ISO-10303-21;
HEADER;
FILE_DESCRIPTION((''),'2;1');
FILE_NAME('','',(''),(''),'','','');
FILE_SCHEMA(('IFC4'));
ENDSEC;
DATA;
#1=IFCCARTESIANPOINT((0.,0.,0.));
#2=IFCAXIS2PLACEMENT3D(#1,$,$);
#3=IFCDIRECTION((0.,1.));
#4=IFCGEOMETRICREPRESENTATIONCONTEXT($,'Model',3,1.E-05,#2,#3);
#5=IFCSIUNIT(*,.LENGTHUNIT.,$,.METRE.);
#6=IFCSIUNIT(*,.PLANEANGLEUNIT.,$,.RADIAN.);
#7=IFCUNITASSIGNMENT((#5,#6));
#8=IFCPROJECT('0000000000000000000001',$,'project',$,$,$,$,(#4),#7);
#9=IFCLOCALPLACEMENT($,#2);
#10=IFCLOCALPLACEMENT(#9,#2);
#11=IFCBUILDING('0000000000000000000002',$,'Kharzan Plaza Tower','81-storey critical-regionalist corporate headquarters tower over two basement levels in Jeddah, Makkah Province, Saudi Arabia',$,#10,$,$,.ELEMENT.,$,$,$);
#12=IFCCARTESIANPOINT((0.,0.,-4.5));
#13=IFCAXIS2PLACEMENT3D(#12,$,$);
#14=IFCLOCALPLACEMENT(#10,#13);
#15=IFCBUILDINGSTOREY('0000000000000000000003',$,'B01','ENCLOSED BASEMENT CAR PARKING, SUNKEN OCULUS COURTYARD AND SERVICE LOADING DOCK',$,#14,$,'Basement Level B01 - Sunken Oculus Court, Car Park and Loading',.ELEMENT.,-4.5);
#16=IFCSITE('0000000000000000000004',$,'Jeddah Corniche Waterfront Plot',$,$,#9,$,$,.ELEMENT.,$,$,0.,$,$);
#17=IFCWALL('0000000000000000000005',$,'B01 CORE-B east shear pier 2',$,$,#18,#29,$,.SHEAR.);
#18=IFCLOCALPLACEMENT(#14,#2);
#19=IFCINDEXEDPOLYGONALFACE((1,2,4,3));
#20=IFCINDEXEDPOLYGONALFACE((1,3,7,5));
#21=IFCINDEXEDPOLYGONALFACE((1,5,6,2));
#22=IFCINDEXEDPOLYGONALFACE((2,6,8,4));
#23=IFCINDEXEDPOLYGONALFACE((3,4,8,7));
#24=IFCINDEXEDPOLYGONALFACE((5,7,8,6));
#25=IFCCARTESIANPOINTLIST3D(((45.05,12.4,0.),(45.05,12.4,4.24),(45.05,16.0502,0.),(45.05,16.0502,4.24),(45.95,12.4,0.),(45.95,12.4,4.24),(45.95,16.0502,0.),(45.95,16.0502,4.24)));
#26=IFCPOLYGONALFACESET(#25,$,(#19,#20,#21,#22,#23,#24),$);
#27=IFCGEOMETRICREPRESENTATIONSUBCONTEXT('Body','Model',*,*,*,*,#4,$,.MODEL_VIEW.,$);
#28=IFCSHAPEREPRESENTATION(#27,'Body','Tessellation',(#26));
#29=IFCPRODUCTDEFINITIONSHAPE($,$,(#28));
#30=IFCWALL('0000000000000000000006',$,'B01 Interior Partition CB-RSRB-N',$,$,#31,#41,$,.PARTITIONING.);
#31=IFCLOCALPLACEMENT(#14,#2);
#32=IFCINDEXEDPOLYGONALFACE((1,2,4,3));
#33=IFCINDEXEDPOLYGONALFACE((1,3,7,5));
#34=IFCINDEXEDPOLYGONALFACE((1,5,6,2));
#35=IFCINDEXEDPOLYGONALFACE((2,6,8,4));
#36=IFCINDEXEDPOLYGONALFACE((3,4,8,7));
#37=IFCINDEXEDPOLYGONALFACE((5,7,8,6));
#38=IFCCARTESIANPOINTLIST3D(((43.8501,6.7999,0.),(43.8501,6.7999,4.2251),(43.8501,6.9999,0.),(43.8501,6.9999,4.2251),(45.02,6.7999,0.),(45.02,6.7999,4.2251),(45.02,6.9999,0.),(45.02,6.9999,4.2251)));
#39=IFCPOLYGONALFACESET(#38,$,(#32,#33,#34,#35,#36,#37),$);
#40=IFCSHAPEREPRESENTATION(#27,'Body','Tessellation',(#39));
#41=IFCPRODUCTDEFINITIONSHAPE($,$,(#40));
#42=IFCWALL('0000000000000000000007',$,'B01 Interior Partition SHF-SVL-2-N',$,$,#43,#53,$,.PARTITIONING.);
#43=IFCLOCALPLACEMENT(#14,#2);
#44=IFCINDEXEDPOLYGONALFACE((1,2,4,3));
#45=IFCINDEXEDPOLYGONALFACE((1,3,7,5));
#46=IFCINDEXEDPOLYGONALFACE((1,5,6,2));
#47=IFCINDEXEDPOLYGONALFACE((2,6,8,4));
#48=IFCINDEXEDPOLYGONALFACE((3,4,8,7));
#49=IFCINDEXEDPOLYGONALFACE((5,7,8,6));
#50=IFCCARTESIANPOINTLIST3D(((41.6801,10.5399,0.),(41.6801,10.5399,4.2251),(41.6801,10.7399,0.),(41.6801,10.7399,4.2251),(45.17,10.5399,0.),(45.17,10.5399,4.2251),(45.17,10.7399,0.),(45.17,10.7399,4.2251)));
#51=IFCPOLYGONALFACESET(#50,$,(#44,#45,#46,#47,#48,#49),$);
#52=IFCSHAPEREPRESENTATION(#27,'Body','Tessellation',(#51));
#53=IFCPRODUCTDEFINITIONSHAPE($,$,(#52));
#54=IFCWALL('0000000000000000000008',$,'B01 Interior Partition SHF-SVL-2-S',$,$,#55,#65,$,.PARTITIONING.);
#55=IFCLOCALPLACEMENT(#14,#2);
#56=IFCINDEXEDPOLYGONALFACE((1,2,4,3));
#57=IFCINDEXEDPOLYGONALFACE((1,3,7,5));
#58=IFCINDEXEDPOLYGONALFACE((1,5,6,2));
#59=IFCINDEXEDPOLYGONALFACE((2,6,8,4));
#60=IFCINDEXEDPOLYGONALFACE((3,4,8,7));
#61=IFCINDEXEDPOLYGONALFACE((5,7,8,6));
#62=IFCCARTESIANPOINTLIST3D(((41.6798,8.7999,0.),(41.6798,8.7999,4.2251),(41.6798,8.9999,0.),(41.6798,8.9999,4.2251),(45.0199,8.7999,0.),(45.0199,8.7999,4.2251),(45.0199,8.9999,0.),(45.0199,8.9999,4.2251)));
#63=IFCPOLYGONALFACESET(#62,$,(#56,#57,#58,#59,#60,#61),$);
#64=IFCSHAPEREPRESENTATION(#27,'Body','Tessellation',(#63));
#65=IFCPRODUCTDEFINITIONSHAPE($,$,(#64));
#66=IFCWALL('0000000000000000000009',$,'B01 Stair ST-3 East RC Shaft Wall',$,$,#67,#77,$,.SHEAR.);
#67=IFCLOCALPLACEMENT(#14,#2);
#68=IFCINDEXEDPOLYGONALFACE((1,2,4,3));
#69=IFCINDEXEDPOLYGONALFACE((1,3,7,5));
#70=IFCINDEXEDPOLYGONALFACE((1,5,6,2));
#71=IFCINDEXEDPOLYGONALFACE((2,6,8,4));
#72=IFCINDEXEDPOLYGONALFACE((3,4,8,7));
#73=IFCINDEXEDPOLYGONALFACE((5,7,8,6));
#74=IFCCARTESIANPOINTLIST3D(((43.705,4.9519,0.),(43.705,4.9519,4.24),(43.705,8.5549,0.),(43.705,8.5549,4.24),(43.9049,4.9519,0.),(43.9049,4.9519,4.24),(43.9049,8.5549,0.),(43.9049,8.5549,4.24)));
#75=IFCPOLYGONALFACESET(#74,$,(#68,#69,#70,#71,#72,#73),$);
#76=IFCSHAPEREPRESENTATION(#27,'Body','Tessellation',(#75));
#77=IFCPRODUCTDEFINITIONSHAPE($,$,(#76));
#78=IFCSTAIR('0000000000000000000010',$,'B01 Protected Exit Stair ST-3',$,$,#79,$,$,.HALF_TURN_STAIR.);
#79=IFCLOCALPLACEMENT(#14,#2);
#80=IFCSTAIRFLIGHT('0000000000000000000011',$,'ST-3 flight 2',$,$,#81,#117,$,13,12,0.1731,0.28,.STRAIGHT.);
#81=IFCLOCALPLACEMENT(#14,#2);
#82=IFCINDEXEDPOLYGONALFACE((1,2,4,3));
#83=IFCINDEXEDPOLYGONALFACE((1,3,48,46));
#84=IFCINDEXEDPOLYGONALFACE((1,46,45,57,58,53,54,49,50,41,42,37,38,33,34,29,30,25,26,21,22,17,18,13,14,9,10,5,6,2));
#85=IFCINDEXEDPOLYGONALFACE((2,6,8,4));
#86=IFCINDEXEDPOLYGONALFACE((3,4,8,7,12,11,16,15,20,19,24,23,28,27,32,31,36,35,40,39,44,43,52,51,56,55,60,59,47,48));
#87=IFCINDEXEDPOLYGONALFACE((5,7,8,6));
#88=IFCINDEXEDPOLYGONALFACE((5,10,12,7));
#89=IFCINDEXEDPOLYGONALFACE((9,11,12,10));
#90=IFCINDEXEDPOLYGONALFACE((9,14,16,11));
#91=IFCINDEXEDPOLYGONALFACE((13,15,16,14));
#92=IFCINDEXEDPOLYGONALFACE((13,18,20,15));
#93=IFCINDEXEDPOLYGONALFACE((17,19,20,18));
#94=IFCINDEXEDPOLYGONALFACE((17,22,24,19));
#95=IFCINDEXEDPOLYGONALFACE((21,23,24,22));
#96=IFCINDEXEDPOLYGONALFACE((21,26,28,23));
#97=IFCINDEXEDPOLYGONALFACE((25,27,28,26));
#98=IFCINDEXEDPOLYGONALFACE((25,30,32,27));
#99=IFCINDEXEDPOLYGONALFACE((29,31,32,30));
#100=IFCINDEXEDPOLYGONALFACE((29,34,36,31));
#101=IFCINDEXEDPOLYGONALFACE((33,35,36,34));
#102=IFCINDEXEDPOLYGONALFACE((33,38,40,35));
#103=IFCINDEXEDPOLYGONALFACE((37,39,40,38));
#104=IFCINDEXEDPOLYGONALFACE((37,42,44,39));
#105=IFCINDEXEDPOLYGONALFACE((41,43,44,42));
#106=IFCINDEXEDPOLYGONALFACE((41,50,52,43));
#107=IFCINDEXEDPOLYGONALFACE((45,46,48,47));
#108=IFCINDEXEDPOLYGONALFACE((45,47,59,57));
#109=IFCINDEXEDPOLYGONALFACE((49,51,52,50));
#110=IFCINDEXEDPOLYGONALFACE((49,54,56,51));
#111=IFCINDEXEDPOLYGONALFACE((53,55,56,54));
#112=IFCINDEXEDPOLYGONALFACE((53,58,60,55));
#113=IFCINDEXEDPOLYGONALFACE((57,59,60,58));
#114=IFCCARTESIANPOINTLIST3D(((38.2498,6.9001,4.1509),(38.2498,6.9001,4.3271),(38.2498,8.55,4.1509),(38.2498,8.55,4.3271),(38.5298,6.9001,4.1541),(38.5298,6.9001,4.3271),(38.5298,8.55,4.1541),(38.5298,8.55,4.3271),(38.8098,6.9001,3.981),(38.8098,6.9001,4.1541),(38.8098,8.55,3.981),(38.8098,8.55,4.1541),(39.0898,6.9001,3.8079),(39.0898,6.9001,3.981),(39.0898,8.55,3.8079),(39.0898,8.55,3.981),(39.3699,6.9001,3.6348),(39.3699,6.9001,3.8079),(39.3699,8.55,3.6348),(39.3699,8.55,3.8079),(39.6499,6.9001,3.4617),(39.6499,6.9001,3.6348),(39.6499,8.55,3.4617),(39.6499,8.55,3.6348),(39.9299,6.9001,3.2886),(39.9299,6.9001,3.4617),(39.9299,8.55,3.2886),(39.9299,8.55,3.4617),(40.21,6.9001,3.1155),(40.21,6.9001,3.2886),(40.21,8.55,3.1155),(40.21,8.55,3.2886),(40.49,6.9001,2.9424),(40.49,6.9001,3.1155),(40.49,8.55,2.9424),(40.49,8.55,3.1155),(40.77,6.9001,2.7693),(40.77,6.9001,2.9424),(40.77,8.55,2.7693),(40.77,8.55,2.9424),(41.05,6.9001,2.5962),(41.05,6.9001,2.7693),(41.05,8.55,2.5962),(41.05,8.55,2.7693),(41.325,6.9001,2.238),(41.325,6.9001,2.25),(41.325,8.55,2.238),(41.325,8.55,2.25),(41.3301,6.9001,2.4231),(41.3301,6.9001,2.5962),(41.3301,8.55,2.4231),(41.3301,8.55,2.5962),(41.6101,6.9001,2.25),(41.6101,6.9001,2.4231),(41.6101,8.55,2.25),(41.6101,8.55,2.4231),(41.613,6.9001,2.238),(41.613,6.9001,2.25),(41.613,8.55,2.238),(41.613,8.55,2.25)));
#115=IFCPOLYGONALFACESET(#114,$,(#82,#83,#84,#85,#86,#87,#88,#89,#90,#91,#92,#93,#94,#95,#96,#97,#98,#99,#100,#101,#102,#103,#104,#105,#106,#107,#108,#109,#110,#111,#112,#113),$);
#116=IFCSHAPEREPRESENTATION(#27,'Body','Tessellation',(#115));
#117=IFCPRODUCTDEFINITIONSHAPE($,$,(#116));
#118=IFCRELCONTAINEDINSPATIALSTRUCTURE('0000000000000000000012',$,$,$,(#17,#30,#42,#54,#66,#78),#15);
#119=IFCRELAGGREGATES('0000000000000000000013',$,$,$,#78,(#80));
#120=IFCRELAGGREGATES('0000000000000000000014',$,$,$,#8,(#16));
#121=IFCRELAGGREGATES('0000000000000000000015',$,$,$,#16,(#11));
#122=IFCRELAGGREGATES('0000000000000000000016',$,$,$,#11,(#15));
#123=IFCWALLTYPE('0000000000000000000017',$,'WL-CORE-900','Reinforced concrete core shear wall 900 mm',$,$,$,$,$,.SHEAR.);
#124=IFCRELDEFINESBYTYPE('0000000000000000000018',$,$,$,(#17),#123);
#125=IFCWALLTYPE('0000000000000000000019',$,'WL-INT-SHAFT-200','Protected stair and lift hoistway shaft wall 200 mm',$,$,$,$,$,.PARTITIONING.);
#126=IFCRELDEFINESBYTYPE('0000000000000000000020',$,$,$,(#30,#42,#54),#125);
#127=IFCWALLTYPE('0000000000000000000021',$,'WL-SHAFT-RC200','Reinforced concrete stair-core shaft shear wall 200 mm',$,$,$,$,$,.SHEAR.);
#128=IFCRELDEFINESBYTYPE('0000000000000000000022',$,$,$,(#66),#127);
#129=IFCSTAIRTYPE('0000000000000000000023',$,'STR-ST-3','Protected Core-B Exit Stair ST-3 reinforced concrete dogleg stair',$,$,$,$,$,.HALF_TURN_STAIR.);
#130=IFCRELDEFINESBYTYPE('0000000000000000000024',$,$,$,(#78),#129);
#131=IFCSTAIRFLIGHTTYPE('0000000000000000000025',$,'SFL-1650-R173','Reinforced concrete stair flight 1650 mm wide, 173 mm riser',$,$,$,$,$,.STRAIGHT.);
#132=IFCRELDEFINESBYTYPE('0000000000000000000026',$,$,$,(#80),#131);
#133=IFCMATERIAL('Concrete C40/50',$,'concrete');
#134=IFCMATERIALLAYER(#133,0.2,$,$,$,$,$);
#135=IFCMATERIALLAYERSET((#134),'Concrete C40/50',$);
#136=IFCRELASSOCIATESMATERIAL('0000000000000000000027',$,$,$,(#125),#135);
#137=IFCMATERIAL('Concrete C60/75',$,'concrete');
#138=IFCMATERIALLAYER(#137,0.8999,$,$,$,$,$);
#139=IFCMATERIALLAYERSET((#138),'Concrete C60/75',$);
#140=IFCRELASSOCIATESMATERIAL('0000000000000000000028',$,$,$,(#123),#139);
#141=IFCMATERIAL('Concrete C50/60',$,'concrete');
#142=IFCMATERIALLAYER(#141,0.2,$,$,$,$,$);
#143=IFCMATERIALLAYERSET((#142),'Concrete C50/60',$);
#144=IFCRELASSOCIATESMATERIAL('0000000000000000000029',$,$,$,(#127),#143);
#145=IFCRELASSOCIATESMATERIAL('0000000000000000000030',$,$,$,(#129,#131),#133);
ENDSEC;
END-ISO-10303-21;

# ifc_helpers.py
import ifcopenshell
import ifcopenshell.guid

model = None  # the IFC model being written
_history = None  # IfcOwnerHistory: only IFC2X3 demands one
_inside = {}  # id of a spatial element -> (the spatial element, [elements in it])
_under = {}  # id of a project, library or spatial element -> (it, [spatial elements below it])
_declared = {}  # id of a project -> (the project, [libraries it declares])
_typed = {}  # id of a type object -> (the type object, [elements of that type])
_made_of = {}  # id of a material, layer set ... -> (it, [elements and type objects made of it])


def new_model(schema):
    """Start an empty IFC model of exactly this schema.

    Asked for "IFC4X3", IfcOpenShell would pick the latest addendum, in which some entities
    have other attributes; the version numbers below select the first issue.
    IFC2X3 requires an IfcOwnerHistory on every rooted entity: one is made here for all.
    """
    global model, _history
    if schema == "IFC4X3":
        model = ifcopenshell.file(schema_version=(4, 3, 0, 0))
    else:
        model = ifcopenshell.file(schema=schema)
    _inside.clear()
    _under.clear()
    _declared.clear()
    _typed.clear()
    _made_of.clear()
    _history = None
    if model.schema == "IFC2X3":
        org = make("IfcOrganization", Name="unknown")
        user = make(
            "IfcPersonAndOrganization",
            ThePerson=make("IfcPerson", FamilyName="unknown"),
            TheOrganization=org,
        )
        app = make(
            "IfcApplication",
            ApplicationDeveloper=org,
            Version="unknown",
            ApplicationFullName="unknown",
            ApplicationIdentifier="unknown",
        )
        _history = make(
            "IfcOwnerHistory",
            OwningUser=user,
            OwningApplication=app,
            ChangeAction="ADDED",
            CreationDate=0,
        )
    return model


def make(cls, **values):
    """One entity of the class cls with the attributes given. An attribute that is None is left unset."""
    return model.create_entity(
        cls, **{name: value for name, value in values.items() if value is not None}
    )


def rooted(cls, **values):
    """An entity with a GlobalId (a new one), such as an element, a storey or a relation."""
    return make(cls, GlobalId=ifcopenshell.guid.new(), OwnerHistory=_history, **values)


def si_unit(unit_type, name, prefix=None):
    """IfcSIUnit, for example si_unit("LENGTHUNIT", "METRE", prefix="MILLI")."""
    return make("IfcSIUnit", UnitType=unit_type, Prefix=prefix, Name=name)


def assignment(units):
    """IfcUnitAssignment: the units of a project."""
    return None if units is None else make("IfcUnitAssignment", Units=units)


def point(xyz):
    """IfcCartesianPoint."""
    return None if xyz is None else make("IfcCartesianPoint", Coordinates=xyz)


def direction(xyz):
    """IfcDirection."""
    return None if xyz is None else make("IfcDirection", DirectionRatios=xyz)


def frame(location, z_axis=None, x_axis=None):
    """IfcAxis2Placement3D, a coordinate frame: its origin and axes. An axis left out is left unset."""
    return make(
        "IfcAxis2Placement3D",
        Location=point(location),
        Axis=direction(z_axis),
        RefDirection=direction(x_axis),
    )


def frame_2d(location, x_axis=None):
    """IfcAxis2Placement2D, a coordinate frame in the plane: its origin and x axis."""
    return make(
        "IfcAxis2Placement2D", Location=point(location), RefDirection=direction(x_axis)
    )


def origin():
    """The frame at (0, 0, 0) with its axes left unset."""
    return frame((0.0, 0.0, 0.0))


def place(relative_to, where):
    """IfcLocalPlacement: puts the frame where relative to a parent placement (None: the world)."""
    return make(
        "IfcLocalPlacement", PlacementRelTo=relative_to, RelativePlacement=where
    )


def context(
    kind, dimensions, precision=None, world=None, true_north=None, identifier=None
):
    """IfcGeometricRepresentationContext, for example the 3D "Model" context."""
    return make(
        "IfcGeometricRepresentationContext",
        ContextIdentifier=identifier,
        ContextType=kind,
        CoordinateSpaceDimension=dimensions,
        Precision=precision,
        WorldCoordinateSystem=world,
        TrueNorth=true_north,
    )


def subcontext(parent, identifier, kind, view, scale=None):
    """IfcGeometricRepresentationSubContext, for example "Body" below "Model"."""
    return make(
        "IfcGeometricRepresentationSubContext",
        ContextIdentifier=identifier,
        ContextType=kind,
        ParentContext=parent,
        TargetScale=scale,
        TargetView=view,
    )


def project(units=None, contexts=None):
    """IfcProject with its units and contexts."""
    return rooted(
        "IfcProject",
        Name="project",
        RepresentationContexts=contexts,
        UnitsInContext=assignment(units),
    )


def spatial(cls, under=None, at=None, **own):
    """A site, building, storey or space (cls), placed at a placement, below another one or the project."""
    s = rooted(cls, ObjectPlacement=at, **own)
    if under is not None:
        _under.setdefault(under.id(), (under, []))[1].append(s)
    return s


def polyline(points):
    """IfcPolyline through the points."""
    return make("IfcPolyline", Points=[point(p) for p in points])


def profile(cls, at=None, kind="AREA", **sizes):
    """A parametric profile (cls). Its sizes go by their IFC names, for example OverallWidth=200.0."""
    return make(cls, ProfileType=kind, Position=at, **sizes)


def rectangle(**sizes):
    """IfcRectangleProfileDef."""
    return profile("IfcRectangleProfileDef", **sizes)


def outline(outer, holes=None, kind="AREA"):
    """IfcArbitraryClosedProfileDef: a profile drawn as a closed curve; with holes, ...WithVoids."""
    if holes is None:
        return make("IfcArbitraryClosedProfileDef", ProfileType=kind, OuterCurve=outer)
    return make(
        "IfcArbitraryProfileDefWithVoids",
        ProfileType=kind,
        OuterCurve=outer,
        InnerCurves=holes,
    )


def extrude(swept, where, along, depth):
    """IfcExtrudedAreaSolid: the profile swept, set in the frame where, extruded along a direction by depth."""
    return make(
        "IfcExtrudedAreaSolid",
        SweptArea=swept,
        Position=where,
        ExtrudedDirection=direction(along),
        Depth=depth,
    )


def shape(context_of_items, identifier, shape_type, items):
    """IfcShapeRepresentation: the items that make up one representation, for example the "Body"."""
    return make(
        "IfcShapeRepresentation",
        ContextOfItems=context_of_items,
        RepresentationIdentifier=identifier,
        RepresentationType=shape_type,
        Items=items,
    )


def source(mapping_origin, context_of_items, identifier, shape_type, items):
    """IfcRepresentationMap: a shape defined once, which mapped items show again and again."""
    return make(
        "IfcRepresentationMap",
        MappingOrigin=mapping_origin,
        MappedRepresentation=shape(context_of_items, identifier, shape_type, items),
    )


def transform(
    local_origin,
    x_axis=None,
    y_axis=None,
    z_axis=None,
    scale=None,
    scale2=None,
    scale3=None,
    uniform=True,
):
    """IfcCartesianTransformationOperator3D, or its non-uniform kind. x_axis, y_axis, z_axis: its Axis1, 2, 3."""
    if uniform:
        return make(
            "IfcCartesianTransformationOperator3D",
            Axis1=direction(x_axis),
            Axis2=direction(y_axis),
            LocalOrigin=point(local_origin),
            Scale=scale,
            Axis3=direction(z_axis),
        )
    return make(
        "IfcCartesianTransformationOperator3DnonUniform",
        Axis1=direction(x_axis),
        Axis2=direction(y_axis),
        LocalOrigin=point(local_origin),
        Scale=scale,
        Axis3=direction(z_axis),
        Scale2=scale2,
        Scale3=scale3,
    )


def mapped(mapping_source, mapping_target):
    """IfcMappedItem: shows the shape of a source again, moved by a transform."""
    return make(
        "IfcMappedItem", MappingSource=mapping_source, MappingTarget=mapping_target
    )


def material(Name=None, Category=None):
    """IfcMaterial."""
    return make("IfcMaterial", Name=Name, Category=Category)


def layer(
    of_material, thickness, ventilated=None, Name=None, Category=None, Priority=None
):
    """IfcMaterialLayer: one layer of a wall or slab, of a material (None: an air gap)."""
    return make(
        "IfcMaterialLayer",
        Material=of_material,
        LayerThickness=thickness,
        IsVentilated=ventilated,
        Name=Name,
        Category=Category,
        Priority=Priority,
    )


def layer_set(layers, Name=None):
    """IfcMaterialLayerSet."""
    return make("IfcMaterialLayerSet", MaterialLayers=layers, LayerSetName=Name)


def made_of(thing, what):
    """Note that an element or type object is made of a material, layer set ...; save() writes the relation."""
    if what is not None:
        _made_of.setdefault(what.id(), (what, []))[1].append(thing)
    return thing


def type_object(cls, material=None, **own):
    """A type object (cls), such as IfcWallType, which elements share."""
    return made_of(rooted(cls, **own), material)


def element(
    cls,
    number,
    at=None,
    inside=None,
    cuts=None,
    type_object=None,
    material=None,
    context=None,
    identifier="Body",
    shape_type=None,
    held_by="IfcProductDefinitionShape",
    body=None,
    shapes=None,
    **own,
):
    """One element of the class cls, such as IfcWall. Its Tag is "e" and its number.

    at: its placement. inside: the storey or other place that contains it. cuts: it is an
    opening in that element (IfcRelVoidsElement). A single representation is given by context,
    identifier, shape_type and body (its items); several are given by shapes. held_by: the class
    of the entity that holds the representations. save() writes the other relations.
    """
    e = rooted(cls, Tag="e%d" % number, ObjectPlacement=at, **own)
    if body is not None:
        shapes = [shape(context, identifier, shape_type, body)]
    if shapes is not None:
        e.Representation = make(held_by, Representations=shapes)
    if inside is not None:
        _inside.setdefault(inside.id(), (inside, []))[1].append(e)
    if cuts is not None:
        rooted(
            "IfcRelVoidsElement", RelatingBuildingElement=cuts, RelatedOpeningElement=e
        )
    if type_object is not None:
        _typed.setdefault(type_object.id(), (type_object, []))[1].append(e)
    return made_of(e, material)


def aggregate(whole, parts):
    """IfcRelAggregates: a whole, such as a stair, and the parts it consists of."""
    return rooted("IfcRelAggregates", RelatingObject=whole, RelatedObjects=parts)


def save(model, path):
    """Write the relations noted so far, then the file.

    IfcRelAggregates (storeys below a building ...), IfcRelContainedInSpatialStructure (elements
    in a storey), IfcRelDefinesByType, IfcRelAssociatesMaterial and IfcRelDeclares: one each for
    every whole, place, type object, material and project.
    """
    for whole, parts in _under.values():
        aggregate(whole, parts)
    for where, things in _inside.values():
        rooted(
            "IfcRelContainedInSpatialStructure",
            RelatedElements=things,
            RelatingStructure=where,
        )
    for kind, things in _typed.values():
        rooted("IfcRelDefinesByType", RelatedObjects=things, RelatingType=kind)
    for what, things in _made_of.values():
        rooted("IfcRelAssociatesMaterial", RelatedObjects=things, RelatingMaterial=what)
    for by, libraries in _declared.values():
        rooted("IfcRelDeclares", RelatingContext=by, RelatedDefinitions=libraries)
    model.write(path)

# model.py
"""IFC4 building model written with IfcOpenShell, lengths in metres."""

from ifc_helpers import new_model, si_unit, direction, frame, frame_2d, origin, place, context, subcontext, project, spatial, polyline, rectangle, outline, extrude, source, transform, mapped, material, layer, layer_set, type_object, element, aggregate, save


model = new_model("IFC4")

# Units and contexts
model_context = context("Model", 3, precision=1e-05, world=origin(), true_north=direction((0.0, 1.0)))
body_context = subcontext(model_context, "Body", "Model", "MODEL_VIEW")
ifc_project = project(units=[si_unit("LENGTHUNIT", "METRE"), si_unit("PLANEANGLEUNIT", "RADIAN")], contexts=[model_context])

# Site, building, storey
site_placement = place(None, origin())
site = spatial("IfcSite", under=ifc_project, at=site_placement, Name="Jeddah Corniche Waterfront Plot", CompositionType="ELEMENT", RefElevation=0.0)
building_placement = place(site_placement, origin())
building = spatial("IfcBuilding", under=site, at=building_placement, Name="Kharzan Plaza Tower", Description="81-storey critical-regionalist corporate headquarters tower over two basement levels in Jeddah, Makkah Province, Saudi Arabia", CompositionType="ELEMENT")
storey_placement = place(building_placement, frame((0.0, 0.0, -4.5)))
storey = spatial("IfcBuildingStorey", under=building, at=storey_placement, Name="B01", Description="ENCLOSED BASEMENT CAR PARKING, SUNKEN OCULUS COURTYARD AND SERVICE LOADING DOCK", LongName="Basement Level B01 - Sunken Oculus Court, Car Park and Loading", CompositionType="ELEMENT", Elevation=-4.5)

# Shared definitions
ifc_material_1 = material(Name="Concrete C60/75", Category="concrete")

# Shared definitions
ifc_material_2 = material(Name="Concrete C40/50", Category="concrete")
ifc_layer_1 = layer(ifc_material_2, 0.2)
ifc_layer_set_1 = layer_set([ifc_layer_1], Name="Concrete C40/50")
wall_type_1 = type_object("IfcWallType", Name="WL-INT-SHAFT-200", Description="Protected stair and lift hoistway shaft wall 200 mm", PredefinedType="PARTITIONING", material=ifc_layer_set_1)

# Walls
ifc_layer_2 = layer(ifc_material_1, 0.8999)
ifc_layer_set_2 = layer_set([ifc_layer_2], Name="Concrete C60/75")
wall_type_2 = type_object("IfcWallType", Name="WL-CORE-900", Description="Reinforced concrete core shear wall 900 mm", PredefinedType="SHEAR", material=ifc_layer_set_2)
shared_shape_1 = source(origin(), body_context, "Body", "SweptSolid", [
    extrude(rectangle(XDim=3.6501, YDim=0.8999, at=frame_2d((1.8252, 0.0))), origin(), (0.0, 0.0, 1.0), 4.24),
])
wall_1_placement = place(storey_placement, frame((45.5, 12.3999, 0.0), z_axis=(0.0, 0.0, 1.0), x_axis=(0.0, 1.0, 0.0)))
element("IfcWall", 1, at=wall_1_placement, inside=storey, type_object=wall_type_2, Name="B01 CORE-B east shear pier 2", PredefinedType="SHEAR", context=body_context, shape_type="MappedRepresentation", body=[
    mapped(shared_shape_1, transform((0.0, 0.0, 0.0), x_axis=(1.0, 0.0, 0.0), y_axis=(0.0, 1.0, 0.0), z_axis=(0.0, 0.0, 1.0))),
])
shared_shape_2 = source(origin(), body_context, "Body", "SweptSolid", [
    extrude(rectangle(XDim=1.1699, YDim=0.2, at=frame_2d((0.585, 0.0))), origin(), (0.0, 0.0, 1.0), 4.2251),
])
wall_2_placement = place(storey_placement, frame((43.8501, 6.8999, 0.0), z_axis=(0.0, 0.0, 1.0), x_axis=(1.0, 0.0, 0.0)))
element("IfcWall", 2, at=wall_2_placement, inside=storey, type_object=wall_type_1, Name="B01 Interior Partition CB-RSRB-N", PredefinedType="PARTITIONING", context=body_context, shape_type="MappedRepresentation", body=[
    mapped(shared_shape_2, transform((0.0, 0.0, 0.0), x_axis=(1.0, 0.0, 0.0), y_axis=(0.0, 1.0, 0.0), z_axis=(0.0, 0.0, 1.0))),
])
shared_shape_3 = source(origin(), body_context, "Body", "SweptSolid", [
    extrude(rectangle(XDim=3.49, YDim=0.2, at=frame_2d((1.7451, 0.0))), origin(), (0.0, 0.0, 1.0), 4.2251),
])
wall_3_placement = place(storey_placement, frame((41.6799, 10.6399, 0.0), z_axis=(0.0, 0.0, 1.0), x_axis=(1.0, 0.0, 0.0)))
element("IfcWall", 3, at=wall_3_placement, inside=storey, type_object=wall_type_1, Name="B01 Interior Partition SHF-SVL-2-N", PredefinedType="PARTITIONING", context=body_context, shape_type="MappedRepresentation", body=[
    mapped(shared_shape_3, transform((0.0, 0.0, 0.0), x_axis=(1.0, 0.0, 0.0), y_axis=(0.0, 1.0, 0.0), z_axis=(0.0, 0.0, 1.0))),
])
shared_shape_4 = source(origin(), body_context, "Body", "SweptSolid", [
    extrude(rectangle(XDim=3.3401, YDim=0.2, at=frame_2d((1.6699, 0.0))), origin(), (0.0, 0.0, 1.0), 4.2251),
])
wall_4_placement = place(storey_placement, frame((41.6799, 8.8999, 0.0), z_axis=(0.0, 0.0, 1.0), x_axis=(1.0, 0.0, 0.0)))
element("IfcWall", 4, at=wall_4_placement, inside=storey, type_object=wall_type_1, Name="B01 Interior Partition SHF-SVL-2-S", PredefinedType="PARTITIONING", context=body_context, shape_type="MappedRepresentation", body=[
    mapped(shared_shape_4, transform((0.0, 0.0, 0.0), x_axis=(1.0, 0.0, 0.0), y_axis=(0.0, 1.0, 0.0), z_axis=(0.0, 0.0, 1.0))),
])
ifc_material_3 = material(Name="Concrete C50/60", Category="concrete")
ifc_layer_3 = layer(ifc_material_3, 0.2)
ifc_layer_set_3 = layer_set([ifc_layer_3], Name="Concrete C50/60")
wall_type_3 = type_object("IfcWallType", Name="WL-SHAFT-RC200", Description="Reinforced concrete stair-core shaft shear wall 200 mm", PredefinedType="SHEAR", material=ifc_layer_set_3)
shared_shape_5 = source(origin(), body_context, "Body", "SweptSolid", [
    extrude(rectangle(XDim=3.603, YDim=0.2, at=frame_2d((1.8015, 0.0))), origin(), (0.0, 0.0, 1.0), 4.24),
])
wall_5_placement = place(storey_placement, frame((43.8049, 4.9519, 0.0), z_axis=(0.0, 0.0, 1.0), x_axis=(0.0, 1.0, 0.0)))
element("IfcWall", 5, at=wall_5_placement, inside=storey, type_object=wall_type_3, Name="B01 Stair ST-3 East RC Shaft Wall", PredefinedType="SHEAR", context=body_context, shape_type="MappedRepresentation", body=[
    mapped(shared_shape_5, transform((0.0, 0.0, 0.0), x_axis=(1.0, 0.0, 0.0), y_axis=(0.0, 1.0, 0.0), z_axis=(0.0, 0.0, 1.0))),
])

# Stair, stair flight
stair_type = type_object("IfcStairType", Name="STR-ST-3", Description="Protected Core-B Exit Stair ST-3 reinforced concrete dogleg stair", PredefinedType="HALF_TURN_STAIR", material=ifc_material_2)
stair_placement = place(storey_placement, origin())
stair = element("IfcStair", 6, at=stair_placement, inside=storey, type_object=stair_type, Name="B01 Protected Exit Stair ST-3", PredefinedType="HALF_TURN_STAIR")
stair_flight_type = type_object("IfcStairFlightType", Name="SFL-1650-R173", Description="Reinforced concrete stair flight 1650 mm wide, 173 mm riser", PredefinedType="STRAIGHT", material=ifc_material_2)
shared_shape_6 = source(origin(), body_context, "Body", "SweptSolid", [
    extrude(outline(polyline([(-0.0029, -0.012), (-0.0029, 0.0), (0.0, 0.0), (0.0, 0.1731), (0.28, 0.1731), (0.28, 0.3462), (0.5601, 0.3462), (0.5601, 0.5193), (0.8401, 0.5193), (0.8401, 0.6924), (1.1201, 0.6924), (1.1201, 0.8655), (1.4001, 0.8655), (1.4001, 1.0386), (1.6802, 1.0386), (1.6802, 1.2117), (1.9602, 1.2117), (1.9602, 1.3848), (2.2402, 1.3848), (2.2402, 1.5579), (2.5203, 1.5579), (2.5203, 1.731), (2.8003, 1.731), (2.8003, 1.9041), (3.0803, 1.9041), (3.0803, 2.0771), (3.3604, 2.0771), (3.3604, 2.2502), (3.3604, 1.9009), (0.2852, 0.0), (0.2852, -0.012), (-0.0029, -0.012)])), frame((0.0, 0.825, 0.0), z_axis=(0.0, -1.0, 0.0), x_axis=(1.0, 0.0, 0.0)), (0.0, 0.0, 1.0), 1.6499),
])
stair_flight_placement = place(storey_placement, frame((41.6101, 7.7251, 2.25), z_axis=(0.0, 0.0, 1.0), x_axis=(-1.0, 0.0, 0.0)))
stair_flight = element("IfcStairFlight", 7, at=stair_flight_placement, type_object=stair_flight_type, Name="ST-3 flight 2", NumberOfRisers=13, NumberOfTreads=12, PredefinedType="STRAIGHT", RiserHeight=0.1731, TreadLength=0.28, context=body_context, shape_type="MappedRepresentation", body=[
    mapped(shared_shape_6, transform((0.0, 0.0, 0.0), x_axis=(1.0, 0.0, 0.0), y_axis=(0.0, 1.0, 0.0), z_axis=(0.0, 0.0, 1.0))),
])
aggregate(stair, [stair_flight])

save(model, "model.ifc")
